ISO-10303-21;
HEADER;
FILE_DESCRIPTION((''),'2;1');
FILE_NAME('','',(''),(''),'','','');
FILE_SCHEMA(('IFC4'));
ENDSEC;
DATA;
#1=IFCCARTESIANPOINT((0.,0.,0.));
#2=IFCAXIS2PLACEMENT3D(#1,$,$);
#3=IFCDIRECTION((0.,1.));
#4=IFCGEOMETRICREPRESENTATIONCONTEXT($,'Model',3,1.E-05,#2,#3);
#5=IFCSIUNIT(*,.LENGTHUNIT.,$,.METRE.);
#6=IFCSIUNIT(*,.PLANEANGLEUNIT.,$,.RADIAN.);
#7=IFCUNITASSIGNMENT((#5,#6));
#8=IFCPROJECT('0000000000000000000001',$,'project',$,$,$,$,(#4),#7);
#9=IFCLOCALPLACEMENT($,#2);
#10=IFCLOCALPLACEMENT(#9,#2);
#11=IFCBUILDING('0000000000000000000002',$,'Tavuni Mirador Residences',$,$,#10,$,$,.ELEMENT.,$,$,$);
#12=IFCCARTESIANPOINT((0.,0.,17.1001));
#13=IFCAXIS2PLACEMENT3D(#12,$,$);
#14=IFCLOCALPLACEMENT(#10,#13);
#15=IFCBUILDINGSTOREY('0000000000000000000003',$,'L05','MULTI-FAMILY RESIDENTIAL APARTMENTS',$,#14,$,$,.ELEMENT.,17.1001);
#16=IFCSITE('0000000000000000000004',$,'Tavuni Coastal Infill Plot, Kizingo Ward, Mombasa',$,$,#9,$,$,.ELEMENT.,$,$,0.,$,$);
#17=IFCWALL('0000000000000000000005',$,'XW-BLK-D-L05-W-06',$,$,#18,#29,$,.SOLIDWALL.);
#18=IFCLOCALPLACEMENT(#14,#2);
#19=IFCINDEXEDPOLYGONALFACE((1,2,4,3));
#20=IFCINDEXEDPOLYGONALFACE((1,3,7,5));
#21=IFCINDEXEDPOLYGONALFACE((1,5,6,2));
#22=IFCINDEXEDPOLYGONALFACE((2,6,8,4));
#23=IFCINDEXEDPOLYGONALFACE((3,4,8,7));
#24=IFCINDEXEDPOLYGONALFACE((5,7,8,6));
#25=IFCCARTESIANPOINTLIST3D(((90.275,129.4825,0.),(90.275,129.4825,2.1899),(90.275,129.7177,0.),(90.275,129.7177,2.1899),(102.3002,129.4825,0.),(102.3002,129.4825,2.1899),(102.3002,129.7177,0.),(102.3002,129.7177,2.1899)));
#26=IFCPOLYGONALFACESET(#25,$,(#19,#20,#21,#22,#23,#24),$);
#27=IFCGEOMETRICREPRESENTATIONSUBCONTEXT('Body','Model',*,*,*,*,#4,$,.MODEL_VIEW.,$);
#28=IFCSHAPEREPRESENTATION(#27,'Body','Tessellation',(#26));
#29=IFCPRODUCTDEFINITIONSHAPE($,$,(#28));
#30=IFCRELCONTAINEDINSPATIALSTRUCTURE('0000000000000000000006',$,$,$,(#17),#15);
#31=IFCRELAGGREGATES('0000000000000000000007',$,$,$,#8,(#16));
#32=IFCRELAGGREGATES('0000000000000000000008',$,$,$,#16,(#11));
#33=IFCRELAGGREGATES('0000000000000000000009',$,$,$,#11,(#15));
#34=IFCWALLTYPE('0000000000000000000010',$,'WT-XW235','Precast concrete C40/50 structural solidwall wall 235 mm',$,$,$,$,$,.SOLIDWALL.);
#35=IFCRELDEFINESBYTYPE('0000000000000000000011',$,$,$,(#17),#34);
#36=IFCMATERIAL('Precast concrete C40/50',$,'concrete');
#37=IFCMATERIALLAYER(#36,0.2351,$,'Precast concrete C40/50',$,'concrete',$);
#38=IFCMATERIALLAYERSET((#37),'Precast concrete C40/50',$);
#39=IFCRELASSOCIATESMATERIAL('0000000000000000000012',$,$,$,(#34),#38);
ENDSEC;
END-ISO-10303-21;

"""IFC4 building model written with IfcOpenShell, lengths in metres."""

from ifc_helpers import new_model, si_unit, direction, frame, frame_2d, origin, place, context, subcontext, project, spatial, rectangle, extrude, material, layer, layer_set, type_object, element, save


model = new_model("IFC4")

# Units and contexts
model_context = context("Model", 3, precision=1e-05, world=origin(), true_north=direction((0.0, 1.0)))
body_context = subcontext(model_context, "Body", "Model", "MODEL_VIEW")
ifc_project = project(units=[si_unit("LENGTHUNIT", "METRE"), si_unit("PLANEANGLEUNIT", "RADIAN")], contexts=[model_context])

# Site, building, storey
site_placement = place(None, origin())
site = spatial("IfcSite", under=ifc_project, at=site_placement, Name="Tavuni Coastal Infill Plot, Kizingo Ward, Mombasa", CompositionType="ELEMENT", RefElevation=0.0)
building_placement = place(site_placement, origin())
building = spatial("IfcBuilding", under=site, at=building_placement, Name="Tavuni Mirador Residences", CompositionType="ELEMENT")
storey_placement = place(building_placement, frame((0.0, 0.0, 17.1001)))
storey = spatial("IfcBuildingStorey", under=building, at=storey_placement, Name="L05", Description="MULTI-FAMILY RESIDENTIAL APARTMENTS", CompositionType="ELEMENT", Elevation=17.1001)

# Shared definitions
ifc_material_1 = material(Name="Precast concrete C40/50", Category="concrete")

# Wall
ifc_layer_1 = layer(ifc_material_1, 0.2351, Name="Precast concrete C40/50", Category="concrete")
ifc_layer_set_1 = layer_set([ifc_layer_1], Name="Precast concrete C40/50")
wall_type_1 = type_object("IfcWallType", Name="WT-XW235", Description="Precast concrete C40/50 structural solidwall wall 235 mm", PredefinedType="SOLIDWALL", material=ifc_layer_set_1)
for number, where, z_axis, x_axis, name in (
    (1, (90.2749, 129.6001, 0.0), (0.0, 0.0, 1.0), (1.0, 0.0, 0.0), "XW-BLK-D-L05-W-06"),
):
    element("IfcWall", number, at=place(storey_placement, frame(where, z_axis=z_axis, x_axis=x_axis)), inside=storey, type_object=wall_type_1, Name=name, PredefinedType="SOLIDWALL", context=body_context, shape_type="SweptSolid", body=[
        extrude(rectangle(XDim=12.0251, YDim=0.2351, at=frame_2d((6.0127, 0.0))), origin(), (0.0, 0.0, 1.0), 2.1899),
    ])

save(model, "model.ifc")
